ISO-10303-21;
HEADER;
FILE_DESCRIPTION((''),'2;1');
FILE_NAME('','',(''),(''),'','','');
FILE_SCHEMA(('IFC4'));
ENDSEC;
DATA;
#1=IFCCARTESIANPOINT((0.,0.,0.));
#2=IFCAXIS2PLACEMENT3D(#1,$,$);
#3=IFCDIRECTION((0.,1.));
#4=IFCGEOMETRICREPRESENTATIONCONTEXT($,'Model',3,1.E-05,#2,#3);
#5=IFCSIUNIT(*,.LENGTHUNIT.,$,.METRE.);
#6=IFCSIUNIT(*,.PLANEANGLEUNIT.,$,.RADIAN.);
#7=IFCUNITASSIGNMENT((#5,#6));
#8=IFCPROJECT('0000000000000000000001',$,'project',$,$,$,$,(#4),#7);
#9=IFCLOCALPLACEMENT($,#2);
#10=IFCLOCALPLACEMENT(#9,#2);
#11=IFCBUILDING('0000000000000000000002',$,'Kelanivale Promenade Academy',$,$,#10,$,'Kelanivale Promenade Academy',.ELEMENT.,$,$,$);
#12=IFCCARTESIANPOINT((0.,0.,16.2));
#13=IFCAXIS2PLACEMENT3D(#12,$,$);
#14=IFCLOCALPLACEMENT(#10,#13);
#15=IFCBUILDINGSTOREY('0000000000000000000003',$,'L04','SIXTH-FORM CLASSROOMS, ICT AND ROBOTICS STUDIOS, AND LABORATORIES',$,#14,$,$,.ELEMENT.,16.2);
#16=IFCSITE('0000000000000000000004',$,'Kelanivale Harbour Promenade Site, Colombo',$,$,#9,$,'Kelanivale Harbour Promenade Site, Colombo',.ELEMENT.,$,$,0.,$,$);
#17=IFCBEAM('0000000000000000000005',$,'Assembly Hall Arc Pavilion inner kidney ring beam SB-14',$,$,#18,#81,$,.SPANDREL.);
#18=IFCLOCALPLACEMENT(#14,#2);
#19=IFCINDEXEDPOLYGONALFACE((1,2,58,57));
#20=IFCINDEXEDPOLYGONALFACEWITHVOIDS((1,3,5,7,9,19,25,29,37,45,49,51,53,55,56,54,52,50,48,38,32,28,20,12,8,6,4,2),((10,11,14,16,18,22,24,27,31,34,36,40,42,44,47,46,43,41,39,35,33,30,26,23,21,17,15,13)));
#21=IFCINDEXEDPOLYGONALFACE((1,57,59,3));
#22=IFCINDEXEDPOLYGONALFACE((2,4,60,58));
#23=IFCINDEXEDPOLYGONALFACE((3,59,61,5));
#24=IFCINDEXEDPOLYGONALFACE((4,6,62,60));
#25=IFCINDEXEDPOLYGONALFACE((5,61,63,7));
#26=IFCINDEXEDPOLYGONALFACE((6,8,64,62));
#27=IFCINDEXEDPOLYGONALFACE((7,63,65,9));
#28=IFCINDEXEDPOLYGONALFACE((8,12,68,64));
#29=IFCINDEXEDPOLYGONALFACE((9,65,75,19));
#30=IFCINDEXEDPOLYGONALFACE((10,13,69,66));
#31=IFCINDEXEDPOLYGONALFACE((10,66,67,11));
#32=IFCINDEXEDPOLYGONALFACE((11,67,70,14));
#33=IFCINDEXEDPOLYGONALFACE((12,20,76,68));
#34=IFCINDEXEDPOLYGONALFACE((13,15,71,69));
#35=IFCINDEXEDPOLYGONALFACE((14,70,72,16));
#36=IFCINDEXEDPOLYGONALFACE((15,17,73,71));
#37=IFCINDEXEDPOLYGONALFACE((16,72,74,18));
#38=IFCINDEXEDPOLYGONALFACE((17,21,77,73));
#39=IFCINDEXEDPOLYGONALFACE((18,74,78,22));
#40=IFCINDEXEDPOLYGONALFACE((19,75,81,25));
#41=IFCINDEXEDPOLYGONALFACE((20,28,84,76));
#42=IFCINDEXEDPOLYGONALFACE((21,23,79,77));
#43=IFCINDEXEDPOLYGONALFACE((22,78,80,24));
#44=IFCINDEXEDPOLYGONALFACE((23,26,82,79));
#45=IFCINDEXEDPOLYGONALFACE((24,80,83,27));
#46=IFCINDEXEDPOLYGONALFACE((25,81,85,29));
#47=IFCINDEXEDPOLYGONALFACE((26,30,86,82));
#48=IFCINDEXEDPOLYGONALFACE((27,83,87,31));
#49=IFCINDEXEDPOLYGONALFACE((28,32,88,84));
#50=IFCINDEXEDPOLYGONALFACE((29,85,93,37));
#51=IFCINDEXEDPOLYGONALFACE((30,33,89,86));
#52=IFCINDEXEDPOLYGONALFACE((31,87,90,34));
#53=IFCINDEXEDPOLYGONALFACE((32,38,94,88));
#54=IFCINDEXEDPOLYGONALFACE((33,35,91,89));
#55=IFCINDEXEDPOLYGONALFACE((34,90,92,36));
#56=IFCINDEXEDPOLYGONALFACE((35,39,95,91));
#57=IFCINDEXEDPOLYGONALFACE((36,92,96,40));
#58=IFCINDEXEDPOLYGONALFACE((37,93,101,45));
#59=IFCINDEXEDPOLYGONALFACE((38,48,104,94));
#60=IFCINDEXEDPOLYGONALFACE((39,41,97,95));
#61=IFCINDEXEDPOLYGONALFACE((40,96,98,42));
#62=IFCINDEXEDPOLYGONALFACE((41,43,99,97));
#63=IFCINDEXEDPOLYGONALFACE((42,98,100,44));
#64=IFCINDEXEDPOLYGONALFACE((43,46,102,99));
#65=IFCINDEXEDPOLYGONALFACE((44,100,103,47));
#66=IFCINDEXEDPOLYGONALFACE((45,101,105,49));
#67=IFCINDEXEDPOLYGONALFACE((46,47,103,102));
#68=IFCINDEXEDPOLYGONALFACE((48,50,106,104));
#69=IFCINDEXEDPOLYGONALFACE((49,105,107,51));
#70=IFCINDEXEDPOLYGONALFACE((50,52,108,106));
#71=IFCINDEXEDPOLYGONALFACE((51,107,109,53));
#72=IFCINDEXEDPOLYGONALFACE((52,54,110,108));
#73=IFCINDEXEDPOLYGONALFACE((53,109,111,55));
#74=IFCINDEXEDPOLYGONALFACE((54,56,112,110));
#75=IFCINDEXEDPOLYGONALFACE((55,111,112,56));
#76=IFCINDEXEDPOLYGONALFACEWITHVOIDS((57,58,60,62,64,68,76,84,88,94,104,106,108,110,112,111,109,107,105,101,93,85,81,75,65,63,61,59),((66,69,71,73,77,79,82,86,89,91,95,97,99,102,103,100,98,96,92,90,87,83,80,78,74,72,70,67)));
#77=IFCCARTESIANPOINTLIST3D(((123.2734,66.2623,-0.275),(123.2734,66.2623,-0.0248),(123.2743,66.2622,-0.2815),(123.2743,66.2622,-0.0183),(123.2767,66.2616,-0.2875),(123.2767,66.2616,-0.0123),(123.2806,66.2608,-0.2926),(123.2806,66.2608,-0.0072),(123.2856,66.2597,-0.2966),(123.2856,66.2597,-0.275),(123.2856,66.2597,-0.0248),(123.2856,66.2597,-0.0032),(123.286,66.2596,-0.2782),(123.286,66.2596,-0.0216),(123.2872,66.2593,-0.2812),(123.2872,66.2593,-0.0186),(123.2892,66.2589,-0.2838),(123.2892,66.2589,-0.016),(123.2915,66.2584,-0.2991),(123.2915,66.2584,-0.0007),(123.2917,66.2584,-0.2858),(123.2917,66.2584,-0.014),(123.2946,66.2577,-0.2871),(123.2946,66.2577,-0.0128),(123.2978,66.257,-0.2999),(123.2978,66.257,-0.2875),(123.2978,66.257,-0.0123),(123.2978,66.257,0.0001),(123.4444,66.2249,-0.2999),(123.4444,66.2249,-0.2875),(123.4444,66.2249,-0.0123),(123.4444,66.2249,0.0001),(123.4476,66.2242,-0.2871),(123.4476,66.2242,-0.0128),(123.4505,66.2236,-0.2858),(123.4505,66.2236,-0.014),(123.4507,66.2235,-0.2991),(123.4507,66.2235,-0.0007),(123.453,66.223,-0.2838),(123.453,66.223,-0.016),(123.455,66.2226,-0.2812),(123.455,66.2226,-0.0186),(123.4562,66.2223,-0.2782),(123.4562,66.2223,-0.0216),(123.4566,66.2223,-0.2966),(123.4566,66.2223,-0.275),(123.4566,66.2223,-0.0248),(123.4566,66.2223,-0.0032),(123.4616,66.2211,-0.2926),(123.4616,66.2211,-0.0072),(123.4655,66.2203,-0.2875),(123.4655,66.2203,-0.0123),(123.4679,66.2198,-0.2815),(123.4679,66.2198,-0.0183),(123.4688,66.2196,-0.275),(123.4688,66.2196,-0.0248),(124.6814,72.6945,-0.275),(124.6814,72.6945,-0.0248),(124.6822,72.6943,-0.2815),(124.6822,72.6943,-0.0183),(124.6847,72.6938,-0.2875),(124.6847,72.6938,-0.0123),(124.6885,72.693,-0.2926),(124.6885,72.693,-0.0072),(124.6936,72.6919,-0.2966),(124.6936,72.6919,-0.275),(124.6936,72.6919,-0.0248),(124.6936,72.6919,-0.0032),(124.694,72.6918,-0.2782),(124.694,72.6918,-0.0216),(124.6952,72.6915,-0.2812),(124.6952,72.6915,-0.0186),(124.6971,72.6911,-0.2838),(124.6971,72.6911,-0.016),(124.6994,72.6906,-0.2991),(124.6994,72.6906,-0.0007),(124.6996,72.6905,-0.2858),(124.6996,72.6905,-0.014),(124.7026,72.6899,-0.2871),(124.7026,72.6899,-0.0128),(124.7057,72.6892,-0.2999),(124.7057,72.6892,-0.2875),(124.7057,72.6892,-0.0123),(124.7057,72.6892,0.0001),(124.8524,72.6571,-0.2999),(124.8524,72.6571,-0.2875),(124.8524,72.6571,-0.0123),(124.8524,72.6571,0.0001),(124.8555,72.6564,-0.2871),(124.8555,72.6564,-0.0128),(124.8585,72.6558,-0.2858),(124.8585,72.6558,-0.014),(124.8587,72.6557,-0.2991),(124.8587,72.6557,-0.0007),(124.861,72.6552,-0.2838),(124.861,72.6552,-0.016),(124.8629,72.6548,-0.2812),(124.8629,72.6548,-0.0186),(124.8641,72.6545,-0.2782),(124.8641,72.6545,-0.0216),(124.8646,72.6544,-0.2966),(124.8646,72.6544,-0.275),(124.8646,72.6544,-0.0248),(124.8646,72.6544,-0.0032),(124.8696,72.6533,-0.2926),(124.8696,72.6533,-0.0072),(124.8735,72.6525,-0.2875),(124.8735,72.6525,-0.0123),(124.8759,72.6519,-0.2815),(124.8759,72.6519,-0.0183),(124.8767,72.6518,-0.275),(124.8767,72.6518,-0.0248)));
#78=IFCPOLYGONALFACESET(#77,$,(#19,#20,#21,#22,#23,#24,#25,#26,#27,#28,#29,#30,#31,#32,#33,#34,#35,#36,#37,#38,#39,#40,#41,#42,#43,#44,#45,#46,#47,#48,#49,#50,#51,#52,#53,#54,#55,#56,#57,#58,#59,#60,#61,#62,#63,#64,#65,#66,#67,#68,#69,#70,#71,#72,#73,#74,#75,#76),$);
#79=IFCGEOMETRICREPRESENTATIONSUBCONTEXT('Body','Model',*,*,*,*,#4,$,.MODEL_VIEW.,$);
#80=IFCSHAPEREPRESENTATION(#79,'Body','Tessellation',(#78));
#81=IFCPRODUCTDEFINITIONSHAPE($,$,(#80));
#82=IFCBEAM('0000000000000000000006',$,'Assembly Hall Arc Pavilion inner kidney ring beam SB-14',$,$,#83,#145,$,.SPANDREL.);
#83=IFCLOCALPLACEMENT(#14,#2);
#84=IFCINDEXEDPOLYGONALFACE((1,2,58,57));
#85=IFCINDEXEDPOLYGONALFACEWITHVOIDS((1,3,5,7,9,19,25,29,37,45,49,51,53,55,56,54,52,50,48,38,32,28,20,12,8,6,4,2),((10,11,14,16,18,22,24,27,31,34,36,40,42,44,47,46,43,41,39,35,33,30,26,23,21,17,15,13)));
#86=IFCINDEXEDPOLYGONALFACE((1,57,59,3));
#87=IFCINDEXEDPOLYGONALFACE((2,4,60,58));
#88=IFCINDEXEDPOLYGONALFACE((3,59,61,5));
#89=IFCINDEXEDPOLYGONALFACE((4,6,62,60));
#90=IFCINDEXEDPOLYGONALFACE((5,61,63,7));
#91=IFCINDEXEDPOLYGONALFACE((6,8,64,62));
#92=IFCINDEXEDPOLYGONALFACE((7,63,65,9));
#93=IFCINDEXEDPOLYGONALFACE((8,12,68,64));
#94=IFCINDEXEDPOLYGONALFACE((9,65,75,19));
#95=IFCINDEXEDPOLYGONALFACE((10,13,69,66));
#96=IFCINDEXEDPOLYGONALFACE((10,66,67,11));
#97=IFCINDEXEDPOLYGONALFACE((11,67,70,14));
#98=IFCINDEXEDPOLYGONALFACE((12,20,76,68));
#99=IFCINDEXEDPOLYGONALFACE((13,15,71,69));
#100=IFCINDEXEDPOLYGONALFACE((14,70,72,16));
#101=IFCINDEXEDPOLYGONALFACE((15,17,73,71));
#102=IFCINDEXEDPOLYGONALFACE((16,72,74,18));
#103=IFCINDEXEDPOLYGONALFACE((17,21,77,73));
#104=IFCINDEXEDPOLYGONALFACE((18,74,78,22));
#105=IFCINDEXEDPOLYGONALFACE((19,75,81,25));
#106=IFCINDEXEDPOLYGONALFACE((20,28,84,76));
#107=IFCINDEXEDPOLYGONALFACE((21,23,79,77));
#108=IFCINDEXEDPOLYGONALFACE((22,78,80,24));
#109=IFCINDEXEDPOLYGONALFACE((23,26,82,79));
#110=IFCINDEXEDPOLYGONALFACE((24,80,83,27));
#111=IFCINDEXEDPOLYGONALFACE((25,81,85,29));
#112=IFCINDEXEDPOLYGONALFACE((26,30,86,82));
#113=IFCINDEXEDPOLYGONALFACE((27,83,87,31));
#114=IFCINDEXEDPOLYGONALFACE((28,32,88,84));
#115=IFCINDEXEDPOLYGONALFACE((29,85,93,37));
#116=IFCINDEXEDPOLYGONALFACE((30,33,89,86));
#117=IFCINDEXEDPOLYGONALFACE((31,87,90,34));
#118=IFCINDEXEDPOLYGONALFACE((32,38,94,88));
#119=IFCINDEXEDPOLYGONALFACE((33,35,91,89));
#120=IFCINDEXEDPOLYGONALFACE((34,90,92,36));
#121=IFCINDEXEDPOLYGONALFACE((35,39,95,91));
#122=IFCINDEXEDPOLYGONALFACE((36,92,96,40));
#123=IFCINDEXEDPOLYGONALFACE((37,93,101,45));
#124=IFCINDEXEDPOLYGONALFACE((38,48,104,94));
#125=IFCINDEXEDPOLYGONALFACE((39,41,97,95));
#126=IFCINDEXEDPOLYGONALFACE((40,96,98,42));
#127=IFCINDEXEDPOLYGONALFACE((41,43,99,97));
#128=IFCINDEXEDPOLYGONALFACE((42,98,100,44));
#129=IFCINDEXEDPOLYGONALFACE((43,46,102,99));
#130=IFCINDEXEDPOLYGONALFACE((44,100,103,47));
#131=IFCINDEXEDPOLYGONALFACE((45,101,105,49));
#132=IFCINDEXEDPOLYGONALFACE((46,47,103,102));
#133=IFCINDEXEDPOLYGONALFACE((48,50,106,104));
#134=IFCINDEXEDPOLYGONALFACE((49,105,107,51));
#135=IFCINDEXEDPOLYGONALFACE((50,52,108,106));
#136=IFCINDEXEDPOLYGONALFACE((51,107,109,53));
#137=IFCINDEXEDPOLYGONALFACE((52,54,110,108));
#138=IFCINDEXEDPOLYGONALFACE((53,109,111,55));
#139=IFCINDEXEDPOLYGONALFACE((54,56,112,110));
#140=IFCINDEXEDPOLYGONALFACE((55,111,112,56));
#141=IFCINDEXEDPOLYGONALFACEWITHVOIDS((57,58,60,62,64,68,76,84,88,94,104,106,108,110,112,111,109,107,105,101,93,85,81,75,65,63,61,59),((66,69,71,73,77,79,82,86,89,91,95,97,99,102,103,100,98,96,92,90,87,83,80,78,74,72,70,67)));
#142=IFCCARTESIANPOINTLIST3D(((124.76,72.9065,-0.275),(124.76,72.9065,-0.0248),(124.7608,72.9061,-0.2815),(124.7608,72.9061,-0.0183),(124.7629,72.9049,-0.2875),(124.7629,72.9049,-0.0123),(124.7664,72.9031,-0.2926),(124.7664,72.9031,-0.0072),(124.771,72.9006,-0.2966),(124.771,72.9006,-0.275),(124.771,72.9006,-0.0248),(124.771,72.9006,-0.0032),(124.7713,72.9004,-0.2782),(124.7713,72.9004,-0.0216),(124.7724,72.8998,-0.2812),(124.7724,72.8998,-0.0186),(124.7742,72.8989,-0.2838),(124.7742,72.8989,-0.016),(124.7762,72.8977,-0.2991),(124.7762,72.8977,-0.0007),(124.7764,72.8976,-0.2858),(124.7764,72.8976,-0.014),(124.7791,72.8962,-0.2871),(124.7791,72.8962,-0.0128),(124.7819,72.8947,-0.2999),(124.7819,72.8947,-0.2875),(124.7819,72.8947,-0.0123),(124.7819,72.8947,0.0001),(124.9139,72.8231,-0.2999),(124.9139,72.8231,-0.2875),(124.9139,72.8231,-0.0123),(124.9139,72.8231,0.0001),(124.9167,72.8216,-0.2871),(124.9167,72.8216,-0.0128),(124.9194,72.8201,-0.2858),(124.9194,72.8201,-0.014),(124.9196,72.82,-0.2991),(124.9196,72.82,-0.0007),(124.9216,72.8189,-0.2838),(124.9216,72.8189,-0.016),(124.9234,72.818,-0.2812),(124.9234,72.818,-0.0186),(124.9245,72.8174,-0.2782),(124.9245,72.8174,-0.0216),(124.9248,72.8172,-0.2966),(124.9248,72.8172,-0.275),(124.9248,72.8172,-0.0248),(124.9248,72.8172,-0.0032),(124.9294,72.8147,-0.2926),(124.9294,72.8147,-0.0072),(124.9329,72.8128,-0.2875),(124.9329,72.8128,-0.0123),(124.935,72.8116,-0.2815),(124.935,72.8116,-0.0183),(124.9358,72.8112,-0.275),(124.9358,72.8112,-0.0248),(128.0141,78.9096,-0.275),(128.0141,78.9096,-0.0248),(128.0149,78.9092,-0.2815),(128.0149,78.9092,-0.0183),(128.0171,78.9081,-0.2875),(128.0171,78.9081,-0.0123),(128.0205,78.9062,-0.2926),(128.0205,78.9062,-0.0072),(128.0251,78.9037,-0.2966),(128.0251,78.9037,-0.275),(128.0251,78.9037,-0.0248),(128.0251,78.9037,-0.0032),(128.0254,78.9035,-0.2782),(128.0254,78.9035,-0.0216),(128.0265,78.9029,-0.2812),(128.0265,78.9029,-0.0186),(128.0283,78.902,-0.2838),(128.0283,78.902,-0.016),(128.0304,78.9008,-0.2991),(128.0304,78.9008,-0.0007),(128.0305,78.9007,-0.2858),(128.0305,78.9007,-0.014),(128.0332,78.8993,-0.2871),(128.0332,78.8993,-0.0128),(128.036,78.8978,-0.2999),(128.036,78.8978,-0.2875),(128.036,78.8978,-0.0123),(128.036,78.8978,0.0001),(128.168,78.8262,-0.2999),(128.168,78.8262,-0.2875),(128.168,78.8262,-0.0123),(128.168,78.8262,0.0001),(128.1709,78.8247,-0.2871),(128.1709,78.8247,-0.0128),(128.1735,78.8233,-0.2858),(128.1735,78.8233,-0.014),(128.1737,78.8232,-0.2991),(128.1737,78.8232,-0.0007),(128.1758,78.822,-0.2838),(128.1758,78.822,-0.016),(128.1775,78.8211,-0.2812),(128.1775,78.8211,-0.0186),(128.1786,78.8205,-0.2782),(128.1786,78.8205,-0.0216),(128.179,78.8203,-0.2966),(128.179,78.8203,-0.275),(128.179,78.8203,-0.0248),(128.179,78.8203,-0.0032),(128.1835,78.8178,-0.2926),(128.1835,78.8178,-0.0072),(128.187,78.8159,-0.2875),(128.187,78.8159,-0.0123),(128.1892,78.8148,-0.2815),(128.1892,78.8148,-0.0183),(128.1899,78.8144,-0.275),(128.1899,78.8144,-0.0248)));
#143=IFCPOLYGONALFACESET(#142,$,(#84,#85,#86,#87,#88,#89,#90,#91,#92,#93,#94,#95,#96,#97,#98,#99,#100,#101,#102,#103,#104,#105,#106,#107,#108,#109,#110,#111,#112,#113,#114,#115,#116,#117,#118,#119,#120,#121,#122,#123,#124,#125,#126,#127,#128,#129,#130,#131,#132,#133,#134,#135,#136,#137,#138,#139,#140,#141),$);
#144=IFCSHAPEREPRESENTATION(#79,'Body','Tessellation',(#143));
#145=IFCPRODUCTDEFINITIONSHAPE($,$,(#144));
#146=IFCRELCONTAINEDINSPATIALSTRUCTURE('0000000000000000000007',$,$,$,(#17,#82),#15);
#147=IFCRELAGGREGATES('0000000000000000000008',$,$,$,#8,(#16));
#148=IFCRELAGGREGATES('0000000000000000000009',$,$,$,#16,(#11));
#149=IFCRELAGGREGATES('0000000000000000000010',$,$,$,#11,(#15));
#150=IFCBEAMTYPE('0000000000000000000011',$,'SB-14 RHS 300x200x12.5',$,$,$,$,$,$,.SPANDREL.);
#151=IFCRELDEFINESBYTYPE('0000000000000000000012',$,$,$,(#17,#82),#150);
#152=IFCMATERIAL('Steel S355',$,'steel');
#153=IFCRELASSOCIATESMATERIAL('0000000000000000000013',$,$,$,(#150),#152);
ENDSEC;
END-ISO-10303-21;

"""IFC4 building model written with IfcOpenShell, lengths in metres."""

from ifc_helpers import new_model, si_unit, direction, frame, origin, origin_2d, place, context, subcontext, project, spatial, hollow_rectangle, extrude, material, material_profile, profile_set, type_object, element, save


model = new_model("IFC4")

# Units and contexts
model_context = context("Model", 3, precision=1e-05, world=origin(), true_north=direction((0.0, 1.0)))
body_context = subcontext(model_context, "Body", "Model", "MODEL_VIEW")
ifc_project = project(units=[si_unit("LENGTHUNIT", "METRE"), si_unit("PLANEANGLEUNIT", "RADIAN")], contexts=[model_context])

# Site, building, storey
site_placement = place(None, origin())
site = spatial("IfcSite", under=ifc_project, at=site_placement, Name="Kelanivale Harbour Promenade Site, Colombo", LongName="Kelanivale Harbour Promenade Site, Colombo", CompositionType="ELEMENT", RefElevation=0.0)
building_placement = place(site_placement, origin())
building = spatial("IfcBuilding", under=site, at=building_placement, Name="Kelanivale Promenade Academy", LongName="Kelanivale Promenade Academy", CompositionType="ELEMENT")
storey_placement = place(building_placement, frame((0.0, 0.0, 16.2)))
storey = spatial("IfcBuildingStorey", under=building, at=storey_placement, Name="L04", Description="SIXTH-FORM CLASSROOMS, ICT AND ROBOTICS STUDIOS, AND LABORATORIES", CompositionType="ELEMENT", Elevation=16.2)

# Shared definitions
ifc_material_1 = material(Name="Steel S355", Category="steel")

# Beams
ifc_material_profile_1 = material_profile(ifc_material_1, hollow_rectangle(XDim=0.2, YDim=0.3, WallThickness=0.0125, InnerFilletRadius=0.0125, OuterFilletRadius=0.0249, at=origin_2d()), Name="RHS 300x200x12.5")
ifc_profile_set_1 = profile_set([ifc_material_profile_1], Name="Steel S355")
beam_type = type_object("IfcBeamType", Name="SB-14 RHS 300x200x12.5", PredefinedType="SPANDREL", material=ifc_profile_set_1)
beam_1_placement = place(storey_placement, frame((123.3711, 66.241, -0.1499), z_axis=(0.213832, 0.97687, 0.0), x_axis=(-0.97687, 0.213832, 0.0)))
element("IfcBeam", 1, at=beam_1_placement, inside=storey, type_object=beam_type, Name="Assembly Hall Arc Pavilion inner kidney ring beam SB-14", PredefinedType="SPANDREL", context=body_context, shape_type="SweptSolid", body=[
    extrude(hollow_rectangle(XDim=0.2, YDim=0.3, WallThickness=0.0125, InnerFilletRadius=0.0125, OuterFilletRadius=0.0249, at=origin_2d()), origin(), (0.0, 0.0, 1.0), 6.5845),
])
beam_2_placement = place(storey_placement, frame((124.8479, 72.8589, -0.1499), z_axis=(0.476558, 0.879143, 0.0), x_axis=(-0.879143, 0.476558, 0.0)))
element("IfcBeam", 2, at=beam_2_placement, inside=storey, type_object=beam_type, Name="Assembly Hall Arc Pavilion inner kidney ring beam SB-14", PredefinedType="SPANDREL", context=body_context, shape_type="SweptSolid", body=[
    extrude(hollow_rectangle(XDim=0.2, YDim=0.3, WallThickness=0.0125, InnerFilletRadius=0.0125, OuterFilletRadius=0.0249, at=origin_2d()), origin(), (0.0, 0.0, 1.0), 6.8284),
])

save(model, "model.ifc")
